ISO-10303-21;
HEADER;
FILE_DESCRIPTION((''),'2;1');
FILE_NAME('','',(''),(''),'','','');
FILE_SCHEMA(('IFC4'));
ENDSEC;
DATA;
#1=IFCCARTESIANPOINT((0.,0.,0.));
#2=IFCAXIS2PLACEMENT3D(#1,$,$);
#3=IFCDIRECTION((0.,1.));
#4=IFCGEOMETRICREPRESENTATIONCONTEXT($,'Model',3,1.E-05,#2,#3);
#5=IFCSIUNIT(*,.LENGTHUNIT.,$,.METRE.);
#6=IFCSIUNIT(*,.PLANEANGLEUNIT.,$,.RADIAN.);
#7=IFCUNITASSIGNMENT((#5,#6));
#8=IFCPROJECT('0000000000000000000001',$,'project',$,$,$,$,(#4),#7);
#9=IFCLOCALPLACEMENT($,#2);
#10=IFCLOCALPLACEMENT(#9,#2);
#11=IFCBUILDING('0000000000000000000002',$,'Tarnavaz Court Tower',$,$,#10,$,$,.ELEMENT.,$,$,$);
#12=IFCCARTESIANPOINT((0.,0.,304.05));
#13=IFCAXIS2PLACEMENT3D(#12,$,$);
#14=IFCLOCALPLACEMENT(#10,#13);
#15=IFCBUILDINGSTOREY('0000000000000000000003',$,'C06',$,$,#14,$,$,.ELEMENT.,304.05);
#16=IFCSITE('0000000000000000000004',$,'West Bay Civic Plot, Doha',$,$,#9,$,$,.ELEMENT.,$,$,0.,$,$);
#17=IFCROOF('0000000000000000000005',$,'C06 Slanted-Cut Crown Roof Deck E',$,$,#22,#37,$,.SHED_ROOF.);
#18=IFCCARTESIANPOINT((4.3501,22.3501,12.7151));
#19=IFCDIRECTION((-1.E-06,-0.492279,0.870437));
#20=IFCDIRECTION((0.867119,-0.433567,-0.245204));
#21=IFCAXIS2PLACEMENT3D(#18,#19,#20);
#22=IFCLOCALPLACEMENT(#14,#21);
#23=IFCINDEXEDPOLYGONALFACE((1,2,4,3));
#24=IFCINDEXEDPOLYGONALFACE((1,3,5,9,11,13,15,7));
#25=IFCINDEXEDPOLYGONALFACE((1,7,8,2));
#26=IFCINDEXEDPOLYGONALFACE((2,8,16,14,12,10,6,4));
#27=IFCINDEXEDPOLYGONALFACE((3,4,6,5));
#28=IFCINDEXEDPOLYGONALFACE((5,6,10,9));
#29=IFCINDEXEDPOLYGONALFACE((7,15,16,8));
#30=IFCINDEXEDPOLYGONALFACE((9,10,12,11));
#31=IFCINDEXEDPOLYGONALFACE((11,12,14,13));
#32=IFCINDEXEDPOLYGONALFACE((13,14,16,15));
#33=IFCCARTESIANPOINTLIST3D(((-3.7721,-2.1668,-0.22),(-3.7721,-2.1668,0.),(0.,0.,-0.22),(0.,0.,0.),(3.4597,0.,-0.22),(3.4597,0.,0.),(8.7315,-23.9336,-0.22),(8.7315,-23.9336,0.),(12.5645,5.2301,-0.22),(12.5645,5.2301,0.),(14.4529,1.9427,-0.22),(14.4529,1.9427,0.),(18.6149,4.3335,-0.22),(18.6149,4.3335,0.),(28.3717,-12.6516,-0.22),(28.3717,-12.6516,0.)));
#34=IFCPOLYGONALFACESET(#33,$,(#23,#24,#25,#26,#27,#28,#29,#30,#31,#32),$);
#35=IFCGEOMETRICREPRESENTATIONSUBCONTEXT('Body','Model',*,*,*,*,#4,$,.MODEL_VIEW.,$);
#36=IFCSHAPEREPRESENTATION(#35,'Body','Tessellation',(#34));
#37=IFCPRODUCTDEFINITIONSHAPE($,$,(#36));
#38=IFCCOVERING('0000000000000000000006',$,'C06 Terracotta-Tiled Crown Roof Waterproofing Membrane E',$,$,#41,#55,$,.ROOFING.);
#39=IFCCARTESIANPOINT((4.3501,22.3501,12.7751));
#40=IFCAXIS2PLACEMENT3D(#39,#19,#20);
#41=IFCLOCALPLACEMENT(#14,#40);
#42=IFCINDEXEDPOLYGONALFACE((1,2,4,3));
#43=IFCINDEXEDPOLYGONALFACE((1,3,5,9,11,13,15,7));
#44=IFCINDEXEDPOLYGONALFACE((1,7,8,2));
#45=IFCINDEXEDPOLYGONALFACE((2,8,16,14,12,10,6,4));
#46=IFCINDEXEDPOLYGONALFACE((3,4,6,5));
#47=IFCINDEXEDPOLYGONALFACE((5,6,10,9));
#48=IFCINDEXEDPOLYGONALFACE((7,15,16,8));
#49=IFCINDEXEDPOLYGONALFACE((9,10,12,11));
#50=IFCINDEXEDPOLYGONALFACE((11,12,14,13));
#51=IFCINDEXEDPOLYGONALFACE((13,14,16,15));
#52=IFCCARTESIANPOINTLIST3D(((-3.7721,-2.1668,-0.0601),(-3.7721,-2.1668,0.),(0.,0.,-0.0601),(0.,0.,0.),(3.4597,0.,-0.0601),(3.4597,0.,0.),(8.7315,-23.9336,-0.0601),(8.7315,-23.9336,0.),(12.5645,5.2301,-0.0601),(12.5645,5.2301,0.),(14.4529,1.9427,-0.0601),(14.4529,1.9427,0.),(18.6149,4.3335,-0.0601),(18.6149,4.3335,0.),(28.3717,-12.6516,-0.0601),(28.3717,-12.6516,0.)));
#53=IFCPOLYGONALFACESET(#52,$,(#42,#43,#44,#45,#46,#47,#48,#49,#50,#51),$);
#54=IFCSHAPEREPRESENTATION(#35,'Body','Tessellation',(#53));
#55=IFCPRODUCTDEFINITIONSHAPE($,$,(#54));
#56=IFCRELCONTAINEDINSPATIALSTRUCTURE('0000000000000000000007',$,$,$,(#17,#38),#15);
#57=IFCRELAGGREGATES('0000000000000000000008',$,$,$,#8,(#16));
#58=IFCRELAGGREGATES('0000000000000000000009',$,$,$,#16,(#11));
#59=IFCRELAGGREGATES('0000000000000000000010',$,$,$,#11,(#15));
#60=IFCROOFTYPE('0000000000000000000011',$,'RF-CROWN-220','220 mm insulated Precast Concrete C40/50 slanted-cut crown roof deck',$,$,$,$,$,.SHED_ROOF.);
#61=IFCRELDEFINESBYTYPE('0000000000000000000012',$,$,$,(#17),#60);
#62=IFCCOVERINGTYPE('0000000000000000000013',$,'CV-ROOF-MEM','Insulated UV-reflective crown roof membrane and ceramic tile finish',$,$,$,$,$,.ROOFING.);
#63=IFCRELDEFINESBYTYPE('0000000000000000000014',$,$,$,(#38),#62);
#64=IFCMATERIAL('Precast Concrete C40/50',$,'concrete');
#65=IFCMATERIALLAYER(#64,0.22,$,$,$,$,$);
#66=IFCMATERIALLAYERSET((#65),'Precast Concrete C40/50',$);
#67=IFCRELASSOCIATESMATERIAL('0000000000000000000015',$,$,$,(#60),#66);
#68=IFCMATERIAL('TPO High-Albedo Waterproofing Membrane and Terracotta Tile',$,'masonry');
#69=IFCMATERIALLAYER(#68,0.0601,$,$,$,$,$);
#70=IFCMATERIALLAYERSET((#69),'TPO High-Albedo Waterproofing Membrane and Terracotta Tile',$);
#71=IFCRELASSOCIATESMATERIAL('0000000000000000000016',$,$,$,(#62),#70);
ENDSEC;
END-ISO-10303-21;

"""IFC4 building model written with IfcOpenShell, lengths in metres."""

from ifc_helpers import new_model, si_unit, direction, frame, origin, place, context, subcontext, project, spatial, polyline, outline, extrude, material, layer, layer_set, type_object, element, save


model = new_model("IFC4")

# Units and contexts
model_context = context("Model", 3, precision=1e-05, world=origin(), true_north=direction((0.0, 1.0)))
body_context = subcontext(model_context, "Body", "Model", "MODEL_VIEW")
ifc_project = project(units=[si_unit("LENGTHUNIT", "METRE"), si_unit("PLANEANGLEUNIT", "RADIAN")], contexts=[model_context])

# Site, building, storey
site_placement = place(None, origin())
site = spatial("IfcSite", under=ifc_project, at=site_placement, Name="West Bay Civic Plot, Doha", CompositionType="ELEMENT", RefElevation=0.0)
building_placement = place(site_placement, origin())
building = spatial("IfcBuilding", under=site, at=building_placement, Name="Tarnavaz Court Tower", CompositionType="ELEMENT")
storey_placement = place(building_placement, frame((0.0, 0.0, 304.05)))
storey = spatial("IfcBuildingStorey", under=building, at=storey_placement, Name="C06", CompositionType="ELEMENT", Elevation=304.05)

# Shared definitions
ifc_material_1 = material(Name="Precast Concrete C40/50", Category="concrete")

# Roof
ifc_layer_1 = layer(ifc_material_1, 0.22)
ifc_layer_set_1 = layer_set([ifc_layer_1], Name="Precast Concrete C40/50")
roof_type = type_object("IfcRoofType", Name="RF-CROWN-220", Description="220 mm insulated Precast Concrete C40/50 slanted-cut crown roof deck", PredefinedType="SHED_ROOF", material=ifc_layer_set_1)
roof_placement = place(storey_placement, frame((4.3501, 22.3501, 12.7151), z_axis=(-0.000001, -0.492279, 0.870437), x_axis=(0.867119, -0.433567, -0.245204)))
element("IfcRoof", 1, at=roof_placement, inside=storey, type_object=roof_type, Name="C06 Slanted-Cut Crown Roof Deck E", PredefinedType="SHED_ROOF", context=body_context, shape_type="SweptSolid", body=[
    extrude(outline(polyline([(0.0, 0.0), (3.4597, 0.0), (12.5645, 5.2301), (14.4529, 1.9427), (18.6149, 4.3335), (28.3717, -12.6516), (8.7315, -23.9336), (-3.7721, -2.1668), (0.0, 0.0)])), origin(), (0.0, 0.0, -1.0), 0.22),
])

# Covering
ifc_material_2 = material(Name="TPO High-Albedo Waterproofing Membrane and Terracotta Tile", Category="masonry")
ifc_layer_2 = layer(ifc_material_2, 0.0601)
ifc_layer_set_2 = layer_set([ifc_layer_2], Name="TPO High-Albedo Waterproofing Membrane and Terracotta Tile")
covering_type = type_object("IfcCoveringType", Name="CV-ROOF-MEM", Description="Insulated UV-reflective crown roof membrane and ceramic tile finish", PredefinedType="ROOFING", material=ifc_layer_set_2)
covering_placement = place(storey_placement, frame((4.3501, 22.3501, 12.7751), z_axis=(-0.000001, -0.492279, 0.870437), x_axis=(0.867119, -0.433567, -0.245204)))
element("IfcCovering", 2, at=covering_placement, inside=storey, type_object=covering_type, Name="C06 Terracotta-Tiled Crown Roof Waterproofing Membrane E", PredefinedType="ROOFING", context=body_context, shape_type="SweptSolid", body=[
    extrude(outline(polyline([(0.0, 0.0), (3.4597, 0.0), (12.5645, 5.2301), (14.4529, 1.9427), (18.6149, 4.3335), (28.3717, -12.6516), (8.7315, -23.9336), (-3.7721, -2.1668), (0.0, 0.0)])), origin(), (0.0, 0.0, -1.0), 0.0601),
])

save(model, "model.ifc")
